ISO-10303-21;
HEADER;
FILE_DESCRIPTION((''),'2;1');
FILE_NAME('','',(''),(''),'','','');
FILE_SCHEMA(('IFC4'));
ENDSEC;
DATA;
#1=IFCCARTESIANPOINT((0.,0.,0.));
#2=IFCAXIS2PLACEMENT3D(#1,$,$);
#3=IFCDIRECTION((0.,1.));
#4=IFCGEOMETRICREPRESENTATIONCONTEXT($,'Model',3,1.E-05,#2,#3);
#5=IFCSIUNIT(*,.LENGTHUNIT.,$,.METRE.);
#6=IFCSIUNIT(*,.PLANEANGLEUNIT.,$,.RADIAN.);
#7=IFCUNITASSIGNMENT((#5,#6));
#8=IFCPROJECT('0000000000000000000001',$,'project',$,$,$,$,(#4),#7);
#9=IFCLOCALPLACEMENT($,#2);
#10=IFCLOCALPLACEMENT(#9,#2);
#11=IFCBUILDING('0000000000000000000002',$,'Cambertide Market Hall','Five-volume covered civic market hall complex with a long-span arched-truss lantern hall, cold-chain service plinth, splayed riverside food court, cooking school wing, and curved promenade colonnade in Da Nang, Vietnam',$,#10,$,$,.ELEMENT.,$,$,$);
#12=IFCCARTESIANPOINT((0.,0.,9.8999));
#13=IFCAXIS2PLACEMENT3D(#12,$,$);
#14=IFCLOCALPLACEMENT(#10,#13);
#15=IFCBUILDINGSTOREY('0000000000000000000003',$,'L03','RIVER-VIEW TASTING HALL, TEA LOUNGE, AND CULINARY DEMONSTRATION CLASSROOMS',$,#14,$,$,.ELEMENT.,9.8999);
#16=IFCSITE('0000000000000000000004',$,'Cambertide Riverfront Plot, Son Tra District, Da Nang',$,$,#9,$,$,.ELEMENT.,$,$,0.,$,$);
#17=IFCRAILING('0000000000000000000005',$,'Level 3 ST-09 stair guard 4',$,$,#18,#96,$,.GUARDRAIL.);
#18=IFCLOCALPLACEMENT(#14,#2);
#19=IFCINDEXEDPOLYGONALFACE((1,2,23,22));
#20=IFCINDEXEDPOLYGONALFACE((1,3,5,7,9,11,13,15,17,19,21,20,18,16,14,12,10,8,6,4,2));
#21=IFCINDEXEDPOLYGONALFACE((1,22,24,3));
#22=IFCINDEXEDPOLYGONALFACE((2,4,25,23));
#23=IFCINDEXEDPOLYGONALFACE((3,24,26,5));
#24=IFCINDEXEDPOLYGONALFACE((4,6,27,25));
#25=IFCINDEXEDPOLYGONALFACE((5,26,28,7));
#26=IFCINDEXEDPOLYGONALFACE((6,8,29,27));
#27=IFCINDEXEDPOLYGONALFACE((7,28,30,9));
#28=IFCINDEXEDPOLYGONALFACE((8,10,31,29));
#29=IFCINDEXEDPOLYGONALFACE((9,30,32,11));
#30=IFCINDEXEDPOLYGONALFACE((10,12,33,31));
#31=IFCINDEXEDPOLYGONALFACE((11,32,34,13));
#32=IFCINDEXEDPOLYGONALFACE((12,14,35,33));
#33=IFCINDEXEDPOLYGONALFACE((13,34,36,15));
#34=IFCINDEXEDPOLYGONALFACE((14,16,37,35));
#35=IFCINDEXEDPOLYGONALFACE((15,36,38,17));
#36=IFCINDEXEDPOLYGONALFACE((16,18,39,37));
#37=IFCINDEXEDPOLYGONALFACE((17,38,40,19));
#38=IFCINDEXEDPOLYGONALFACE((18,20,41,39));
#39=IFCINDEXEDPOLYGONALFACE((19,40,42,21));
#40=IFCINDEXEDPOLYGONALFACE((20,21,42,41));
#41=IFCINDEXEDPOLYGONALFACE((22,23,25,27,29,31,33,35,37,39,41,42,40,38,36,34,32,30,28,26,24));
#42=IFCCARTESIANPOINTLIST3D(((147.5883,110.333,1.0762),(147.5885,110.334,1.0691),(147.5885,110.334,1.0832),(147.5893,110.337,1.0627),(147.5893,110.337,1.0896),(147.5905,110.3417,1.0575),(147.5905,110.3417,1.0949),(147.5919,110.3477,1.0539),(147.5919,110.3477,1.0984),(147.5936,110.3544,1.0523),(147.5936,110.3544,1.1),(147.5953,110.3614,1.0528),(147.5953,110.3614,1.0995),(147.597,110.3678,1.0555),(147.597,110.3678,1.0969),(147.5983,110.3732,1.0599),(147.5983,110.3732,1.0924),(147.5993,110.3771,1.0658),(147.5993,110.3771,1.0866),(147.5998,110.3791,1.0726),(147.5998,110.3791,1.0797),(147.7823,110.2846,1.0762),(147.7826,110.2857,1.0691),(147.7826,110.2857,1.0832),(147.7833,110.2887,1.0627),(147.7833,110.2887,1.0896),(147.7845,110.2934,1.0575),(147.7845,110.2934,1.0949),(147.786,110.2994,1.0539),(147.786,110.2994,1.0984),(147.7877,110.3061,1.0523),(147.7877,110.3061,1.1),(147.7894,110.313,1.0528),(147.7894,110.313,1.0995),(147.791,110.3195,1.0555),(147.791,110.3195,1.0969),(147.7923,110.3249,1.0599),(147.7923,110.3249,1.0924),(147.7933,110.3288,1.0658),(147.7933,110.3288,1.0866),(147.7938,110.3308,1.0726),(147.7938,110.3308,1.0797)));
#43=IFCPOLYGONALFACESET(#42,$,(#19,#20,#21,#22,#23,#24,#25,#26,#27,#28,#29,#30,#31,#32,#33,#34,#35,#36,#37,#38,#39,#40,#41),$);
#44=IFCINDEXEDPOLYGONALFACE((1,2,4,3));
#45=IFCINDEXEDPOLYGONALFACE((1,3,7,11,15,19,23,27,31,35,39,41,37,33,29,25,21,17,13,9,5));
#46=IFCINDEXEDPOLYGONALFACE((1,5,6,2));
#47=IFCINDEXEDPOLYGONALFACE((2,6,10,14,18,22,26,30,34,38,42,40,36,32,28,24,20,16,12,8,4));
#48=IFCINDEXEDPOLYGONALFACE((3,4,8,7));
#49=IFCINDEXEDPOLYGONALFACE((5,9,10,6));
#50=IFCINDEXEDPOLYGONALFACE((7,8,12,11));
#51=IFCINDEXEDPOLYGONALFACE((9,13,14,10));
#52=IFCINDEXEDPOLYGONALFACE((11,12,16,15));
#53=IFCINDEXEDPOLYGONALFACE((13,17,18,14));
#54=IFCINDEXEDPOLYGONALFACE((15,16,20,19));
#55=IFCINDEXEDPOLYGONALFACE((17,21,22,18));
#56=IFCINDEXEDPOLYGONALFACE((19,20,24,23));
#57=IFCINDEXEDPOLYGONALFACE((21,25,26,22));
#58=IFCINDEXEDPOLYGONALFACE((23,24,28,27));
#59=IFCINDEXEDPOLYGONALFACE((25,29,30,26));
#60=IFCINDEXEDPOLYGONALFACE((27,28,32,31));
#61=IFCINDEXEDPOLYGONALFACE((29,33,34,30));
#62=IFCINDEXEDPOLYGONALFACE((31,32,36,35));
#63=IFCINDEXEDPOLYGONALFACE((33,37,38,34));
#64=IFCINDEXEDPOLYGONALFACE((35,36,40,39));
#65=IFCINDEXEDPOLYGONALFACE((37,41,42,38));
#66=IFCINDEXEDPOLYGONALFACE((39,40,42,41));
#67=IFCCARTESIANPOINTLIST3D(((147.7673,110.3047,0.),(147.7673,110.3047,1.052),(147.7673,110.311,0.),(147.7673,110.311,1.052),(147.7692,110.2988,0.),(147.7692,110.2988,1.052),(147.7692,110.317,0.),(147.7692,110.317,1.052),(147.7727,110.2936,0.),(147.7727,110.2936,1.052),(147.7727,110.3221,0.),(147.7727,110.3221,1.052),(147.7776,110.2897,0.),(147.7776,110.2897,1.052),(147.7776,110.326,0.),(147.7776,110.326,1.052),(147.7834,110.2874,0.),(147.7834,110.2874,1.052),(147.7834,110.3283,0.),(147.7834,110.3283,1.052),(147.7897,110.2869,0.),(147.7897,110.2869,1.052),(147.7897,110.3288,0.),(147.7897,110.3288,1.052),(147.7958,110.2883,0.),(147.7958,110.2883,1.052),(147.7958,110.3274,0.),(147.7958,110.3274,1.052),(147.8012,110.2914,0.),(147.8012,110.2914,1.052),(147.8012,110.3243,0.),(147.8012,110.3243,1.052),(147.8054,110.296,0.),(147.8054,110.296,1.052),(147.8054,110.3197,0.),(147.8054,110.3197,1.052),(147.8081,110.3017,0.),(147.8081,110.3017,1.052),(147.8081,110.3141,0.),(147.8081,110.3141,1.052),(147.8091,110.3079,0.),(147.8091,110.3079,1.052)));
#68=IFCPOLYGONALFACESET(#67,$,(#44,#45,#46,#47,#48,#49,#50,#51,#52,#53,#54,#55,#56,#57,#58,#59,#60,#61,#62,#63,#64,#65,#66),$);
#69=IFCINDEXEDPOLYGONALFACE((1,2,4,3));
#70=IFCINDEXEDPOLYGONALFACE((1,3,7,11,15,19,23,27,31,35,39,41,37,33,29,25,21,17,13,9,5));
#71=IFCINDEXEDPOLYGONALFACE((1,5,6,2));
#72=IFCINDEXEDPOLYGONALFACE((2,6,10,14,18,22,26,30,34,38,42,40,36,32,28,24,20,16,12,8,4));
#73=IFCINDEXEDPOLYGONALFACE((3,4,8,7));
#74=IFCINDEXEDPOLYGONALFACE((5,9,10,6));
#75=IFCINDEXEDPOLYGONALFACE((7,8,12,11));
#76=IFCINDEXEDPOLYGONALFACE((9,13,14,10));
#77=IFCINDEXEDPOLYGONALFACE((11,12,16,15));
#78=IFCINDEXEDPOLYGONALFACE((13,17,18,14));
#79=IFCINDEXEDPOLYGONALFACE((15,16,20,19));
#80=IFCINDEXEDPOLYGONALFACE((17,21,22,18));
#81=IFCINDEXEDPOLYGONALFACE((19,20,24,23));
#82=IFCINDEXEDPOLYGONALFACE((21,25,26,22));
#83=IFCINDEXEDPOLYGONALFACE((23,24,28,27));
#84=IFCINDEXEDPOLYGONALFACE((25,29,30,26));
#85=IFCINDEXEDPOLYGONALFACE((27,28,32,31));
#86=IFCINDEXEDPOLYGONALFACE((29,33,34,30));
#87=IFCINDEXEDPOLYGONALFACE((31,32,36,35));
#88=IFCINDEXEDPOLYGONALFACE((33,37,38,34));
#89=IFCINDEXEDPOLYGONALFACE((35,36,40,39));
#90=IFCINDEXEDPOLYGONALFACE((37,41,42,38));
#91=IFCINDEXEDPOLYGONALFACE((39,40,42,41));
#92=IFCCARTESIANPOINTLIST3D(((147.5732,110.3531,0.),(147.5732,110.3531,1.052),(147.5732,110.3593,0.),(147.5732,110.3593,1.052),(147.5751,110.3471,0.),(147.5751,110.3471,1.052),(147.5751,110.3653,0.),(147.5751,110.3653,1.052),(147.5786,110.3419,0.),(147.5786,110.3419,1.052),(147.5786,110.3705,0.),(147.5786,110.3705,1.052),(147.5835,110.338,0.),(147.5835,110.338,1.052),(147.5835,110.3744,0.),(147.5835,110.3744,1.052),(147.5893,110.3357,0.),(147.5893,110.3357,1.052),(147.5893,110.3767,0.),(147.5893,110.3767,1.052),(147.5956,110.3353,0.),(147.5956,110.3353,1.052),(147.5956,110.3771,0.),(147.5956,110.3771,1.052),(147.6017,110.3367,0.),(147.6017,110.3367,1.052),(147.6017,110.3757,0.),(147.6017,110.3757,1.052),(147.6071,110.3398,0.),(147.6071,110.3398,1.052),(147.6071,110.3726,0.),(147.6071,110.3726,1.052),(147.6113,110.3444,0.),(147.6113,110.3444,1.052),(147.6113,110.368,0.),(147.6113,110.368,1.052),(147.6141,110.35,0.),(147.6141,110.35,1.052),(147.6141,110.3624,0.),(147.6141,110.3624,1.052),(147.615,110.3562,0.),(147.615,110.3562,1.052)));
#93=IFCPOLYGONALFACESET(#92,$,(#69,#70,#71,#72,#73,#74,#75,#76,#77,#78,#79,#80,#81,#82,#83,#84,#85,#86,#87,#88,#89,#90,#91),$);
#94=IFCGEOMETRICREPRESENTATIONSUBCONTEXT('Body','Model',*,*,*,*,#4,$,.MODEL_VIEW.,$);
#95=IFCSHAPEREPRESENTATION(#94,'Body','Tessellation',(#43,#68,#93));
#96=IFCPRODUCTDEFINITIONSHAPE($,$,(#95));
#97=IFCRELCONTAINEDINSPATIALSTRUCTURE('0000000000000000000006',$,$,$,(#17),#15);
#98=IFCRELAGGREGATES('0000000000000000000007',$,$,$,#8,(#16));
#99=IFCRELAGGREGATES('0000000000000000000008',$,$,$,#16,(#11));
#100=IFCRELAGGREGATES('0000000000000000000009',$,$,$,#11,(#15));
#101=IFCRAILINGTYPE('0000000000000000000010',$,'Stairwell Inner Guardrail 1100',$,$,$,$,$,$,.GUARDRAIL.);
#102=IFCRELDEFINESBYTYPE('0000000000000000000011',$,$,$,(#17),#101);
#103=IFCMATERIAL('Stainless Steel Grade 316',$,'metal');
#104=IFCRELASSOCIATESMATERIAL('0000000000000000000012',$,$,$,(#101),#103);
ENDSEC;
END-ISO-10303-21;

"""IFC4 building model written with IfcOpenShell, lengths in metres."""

from ifc_helpers import new_model, si_unit, direction, frame, origin, origin_2d, place, context, subcontext, project, spatial, circle, extrude, material, type_object, element, save


model = new_model("IFC4")

# Units and contexts
model_context = context("Model", 3, precision=1e-05, world=origin(), true_north=direction((0.0, 1.0)))
body_context = subcontext(model_context, "Body", "Model", "MODEL_VIEW")
ifc_project = project(units=[si_unit("LENGTHUNIT", "METRE"), si_unit("PLANEANGLEUNIT", "RADIAN")], contexts=[model_context])

# Site, building, storey
site_placement = place(None, origin())
site = spatial("IfcSite", under=ifc_project, at=site_placement, Name="Cambertide Riverfront Plot, Son Tra District, Da Nang", CompositionType="ELEMENT", RefElevation=0.0)
building_placement = place(site_placement, origin())
building = spatial("IfcBuilding", under=site, at=building_placement, Name="Cambertide Market Hall", Description="Five-volume covered civic market hall complex with a long-span arched-truss lantern hall, cold-chain service plinth, splayed riverside food court, cooking school wing, and curved promenade colonnade in Da Nang, Vietnam", CompositionType="ELEMENT")
storey_placement = place(building_placement, frame((0.0, 0.0, 9.8999)))
storey = spatial("IfcBuildingStorey", under=building, at=storey_placement, Name="L03", Description="RIVER-VIEW TASTING HALL, TEA LOUNGE, AND CULINARY DEMONSTRATION CLASSROOMS", CompositionType="ELEMENT", Elevation=9.8999)

# Railing
ifc_material_1 = material(Name="Stainless Steel Grade 316", Category="metal")
railing_type_1 = type_object("IfcRailingType", Name="Stairwell Inner Guardrail 1100", PredefinedType="GUARDRAIL", material=ifc_material_1)
railing_1_placement = place(storey_placement, frame((147.7881, 110.3079, 0.0)))
element("IfcRailing", 1, at=railing_1_placement, inside=storey, type_object=railing_type_1, Name="Level 3 ST-09 stair guard 4", PredefinedType="GUARDRAIL", context=body_context, shape_type="SweptSolid", body=[
    extrude(circle(Radius=0.0239, at=origin_2d()), frame((0.0, 0.0, 1.0762), z_axis=(-0.970358, 0.241674, 0.0), x_axis=(-0.241674, -0.970358, 0.0)), (0.0, 0.0, 1.0), 0.2),
    extrude(circle(Radius=0.021, at=origin_2d()), origin(), (0.0, 0.0, 1.0), 1.052),
    extrude(circle(Radius=0.021, at=origin_2d()), frame((-0.1941, 0.0483, 0.0)), (0.0, 0.0, 1.0), 1.052),
])

save(model, "model.ifc")
